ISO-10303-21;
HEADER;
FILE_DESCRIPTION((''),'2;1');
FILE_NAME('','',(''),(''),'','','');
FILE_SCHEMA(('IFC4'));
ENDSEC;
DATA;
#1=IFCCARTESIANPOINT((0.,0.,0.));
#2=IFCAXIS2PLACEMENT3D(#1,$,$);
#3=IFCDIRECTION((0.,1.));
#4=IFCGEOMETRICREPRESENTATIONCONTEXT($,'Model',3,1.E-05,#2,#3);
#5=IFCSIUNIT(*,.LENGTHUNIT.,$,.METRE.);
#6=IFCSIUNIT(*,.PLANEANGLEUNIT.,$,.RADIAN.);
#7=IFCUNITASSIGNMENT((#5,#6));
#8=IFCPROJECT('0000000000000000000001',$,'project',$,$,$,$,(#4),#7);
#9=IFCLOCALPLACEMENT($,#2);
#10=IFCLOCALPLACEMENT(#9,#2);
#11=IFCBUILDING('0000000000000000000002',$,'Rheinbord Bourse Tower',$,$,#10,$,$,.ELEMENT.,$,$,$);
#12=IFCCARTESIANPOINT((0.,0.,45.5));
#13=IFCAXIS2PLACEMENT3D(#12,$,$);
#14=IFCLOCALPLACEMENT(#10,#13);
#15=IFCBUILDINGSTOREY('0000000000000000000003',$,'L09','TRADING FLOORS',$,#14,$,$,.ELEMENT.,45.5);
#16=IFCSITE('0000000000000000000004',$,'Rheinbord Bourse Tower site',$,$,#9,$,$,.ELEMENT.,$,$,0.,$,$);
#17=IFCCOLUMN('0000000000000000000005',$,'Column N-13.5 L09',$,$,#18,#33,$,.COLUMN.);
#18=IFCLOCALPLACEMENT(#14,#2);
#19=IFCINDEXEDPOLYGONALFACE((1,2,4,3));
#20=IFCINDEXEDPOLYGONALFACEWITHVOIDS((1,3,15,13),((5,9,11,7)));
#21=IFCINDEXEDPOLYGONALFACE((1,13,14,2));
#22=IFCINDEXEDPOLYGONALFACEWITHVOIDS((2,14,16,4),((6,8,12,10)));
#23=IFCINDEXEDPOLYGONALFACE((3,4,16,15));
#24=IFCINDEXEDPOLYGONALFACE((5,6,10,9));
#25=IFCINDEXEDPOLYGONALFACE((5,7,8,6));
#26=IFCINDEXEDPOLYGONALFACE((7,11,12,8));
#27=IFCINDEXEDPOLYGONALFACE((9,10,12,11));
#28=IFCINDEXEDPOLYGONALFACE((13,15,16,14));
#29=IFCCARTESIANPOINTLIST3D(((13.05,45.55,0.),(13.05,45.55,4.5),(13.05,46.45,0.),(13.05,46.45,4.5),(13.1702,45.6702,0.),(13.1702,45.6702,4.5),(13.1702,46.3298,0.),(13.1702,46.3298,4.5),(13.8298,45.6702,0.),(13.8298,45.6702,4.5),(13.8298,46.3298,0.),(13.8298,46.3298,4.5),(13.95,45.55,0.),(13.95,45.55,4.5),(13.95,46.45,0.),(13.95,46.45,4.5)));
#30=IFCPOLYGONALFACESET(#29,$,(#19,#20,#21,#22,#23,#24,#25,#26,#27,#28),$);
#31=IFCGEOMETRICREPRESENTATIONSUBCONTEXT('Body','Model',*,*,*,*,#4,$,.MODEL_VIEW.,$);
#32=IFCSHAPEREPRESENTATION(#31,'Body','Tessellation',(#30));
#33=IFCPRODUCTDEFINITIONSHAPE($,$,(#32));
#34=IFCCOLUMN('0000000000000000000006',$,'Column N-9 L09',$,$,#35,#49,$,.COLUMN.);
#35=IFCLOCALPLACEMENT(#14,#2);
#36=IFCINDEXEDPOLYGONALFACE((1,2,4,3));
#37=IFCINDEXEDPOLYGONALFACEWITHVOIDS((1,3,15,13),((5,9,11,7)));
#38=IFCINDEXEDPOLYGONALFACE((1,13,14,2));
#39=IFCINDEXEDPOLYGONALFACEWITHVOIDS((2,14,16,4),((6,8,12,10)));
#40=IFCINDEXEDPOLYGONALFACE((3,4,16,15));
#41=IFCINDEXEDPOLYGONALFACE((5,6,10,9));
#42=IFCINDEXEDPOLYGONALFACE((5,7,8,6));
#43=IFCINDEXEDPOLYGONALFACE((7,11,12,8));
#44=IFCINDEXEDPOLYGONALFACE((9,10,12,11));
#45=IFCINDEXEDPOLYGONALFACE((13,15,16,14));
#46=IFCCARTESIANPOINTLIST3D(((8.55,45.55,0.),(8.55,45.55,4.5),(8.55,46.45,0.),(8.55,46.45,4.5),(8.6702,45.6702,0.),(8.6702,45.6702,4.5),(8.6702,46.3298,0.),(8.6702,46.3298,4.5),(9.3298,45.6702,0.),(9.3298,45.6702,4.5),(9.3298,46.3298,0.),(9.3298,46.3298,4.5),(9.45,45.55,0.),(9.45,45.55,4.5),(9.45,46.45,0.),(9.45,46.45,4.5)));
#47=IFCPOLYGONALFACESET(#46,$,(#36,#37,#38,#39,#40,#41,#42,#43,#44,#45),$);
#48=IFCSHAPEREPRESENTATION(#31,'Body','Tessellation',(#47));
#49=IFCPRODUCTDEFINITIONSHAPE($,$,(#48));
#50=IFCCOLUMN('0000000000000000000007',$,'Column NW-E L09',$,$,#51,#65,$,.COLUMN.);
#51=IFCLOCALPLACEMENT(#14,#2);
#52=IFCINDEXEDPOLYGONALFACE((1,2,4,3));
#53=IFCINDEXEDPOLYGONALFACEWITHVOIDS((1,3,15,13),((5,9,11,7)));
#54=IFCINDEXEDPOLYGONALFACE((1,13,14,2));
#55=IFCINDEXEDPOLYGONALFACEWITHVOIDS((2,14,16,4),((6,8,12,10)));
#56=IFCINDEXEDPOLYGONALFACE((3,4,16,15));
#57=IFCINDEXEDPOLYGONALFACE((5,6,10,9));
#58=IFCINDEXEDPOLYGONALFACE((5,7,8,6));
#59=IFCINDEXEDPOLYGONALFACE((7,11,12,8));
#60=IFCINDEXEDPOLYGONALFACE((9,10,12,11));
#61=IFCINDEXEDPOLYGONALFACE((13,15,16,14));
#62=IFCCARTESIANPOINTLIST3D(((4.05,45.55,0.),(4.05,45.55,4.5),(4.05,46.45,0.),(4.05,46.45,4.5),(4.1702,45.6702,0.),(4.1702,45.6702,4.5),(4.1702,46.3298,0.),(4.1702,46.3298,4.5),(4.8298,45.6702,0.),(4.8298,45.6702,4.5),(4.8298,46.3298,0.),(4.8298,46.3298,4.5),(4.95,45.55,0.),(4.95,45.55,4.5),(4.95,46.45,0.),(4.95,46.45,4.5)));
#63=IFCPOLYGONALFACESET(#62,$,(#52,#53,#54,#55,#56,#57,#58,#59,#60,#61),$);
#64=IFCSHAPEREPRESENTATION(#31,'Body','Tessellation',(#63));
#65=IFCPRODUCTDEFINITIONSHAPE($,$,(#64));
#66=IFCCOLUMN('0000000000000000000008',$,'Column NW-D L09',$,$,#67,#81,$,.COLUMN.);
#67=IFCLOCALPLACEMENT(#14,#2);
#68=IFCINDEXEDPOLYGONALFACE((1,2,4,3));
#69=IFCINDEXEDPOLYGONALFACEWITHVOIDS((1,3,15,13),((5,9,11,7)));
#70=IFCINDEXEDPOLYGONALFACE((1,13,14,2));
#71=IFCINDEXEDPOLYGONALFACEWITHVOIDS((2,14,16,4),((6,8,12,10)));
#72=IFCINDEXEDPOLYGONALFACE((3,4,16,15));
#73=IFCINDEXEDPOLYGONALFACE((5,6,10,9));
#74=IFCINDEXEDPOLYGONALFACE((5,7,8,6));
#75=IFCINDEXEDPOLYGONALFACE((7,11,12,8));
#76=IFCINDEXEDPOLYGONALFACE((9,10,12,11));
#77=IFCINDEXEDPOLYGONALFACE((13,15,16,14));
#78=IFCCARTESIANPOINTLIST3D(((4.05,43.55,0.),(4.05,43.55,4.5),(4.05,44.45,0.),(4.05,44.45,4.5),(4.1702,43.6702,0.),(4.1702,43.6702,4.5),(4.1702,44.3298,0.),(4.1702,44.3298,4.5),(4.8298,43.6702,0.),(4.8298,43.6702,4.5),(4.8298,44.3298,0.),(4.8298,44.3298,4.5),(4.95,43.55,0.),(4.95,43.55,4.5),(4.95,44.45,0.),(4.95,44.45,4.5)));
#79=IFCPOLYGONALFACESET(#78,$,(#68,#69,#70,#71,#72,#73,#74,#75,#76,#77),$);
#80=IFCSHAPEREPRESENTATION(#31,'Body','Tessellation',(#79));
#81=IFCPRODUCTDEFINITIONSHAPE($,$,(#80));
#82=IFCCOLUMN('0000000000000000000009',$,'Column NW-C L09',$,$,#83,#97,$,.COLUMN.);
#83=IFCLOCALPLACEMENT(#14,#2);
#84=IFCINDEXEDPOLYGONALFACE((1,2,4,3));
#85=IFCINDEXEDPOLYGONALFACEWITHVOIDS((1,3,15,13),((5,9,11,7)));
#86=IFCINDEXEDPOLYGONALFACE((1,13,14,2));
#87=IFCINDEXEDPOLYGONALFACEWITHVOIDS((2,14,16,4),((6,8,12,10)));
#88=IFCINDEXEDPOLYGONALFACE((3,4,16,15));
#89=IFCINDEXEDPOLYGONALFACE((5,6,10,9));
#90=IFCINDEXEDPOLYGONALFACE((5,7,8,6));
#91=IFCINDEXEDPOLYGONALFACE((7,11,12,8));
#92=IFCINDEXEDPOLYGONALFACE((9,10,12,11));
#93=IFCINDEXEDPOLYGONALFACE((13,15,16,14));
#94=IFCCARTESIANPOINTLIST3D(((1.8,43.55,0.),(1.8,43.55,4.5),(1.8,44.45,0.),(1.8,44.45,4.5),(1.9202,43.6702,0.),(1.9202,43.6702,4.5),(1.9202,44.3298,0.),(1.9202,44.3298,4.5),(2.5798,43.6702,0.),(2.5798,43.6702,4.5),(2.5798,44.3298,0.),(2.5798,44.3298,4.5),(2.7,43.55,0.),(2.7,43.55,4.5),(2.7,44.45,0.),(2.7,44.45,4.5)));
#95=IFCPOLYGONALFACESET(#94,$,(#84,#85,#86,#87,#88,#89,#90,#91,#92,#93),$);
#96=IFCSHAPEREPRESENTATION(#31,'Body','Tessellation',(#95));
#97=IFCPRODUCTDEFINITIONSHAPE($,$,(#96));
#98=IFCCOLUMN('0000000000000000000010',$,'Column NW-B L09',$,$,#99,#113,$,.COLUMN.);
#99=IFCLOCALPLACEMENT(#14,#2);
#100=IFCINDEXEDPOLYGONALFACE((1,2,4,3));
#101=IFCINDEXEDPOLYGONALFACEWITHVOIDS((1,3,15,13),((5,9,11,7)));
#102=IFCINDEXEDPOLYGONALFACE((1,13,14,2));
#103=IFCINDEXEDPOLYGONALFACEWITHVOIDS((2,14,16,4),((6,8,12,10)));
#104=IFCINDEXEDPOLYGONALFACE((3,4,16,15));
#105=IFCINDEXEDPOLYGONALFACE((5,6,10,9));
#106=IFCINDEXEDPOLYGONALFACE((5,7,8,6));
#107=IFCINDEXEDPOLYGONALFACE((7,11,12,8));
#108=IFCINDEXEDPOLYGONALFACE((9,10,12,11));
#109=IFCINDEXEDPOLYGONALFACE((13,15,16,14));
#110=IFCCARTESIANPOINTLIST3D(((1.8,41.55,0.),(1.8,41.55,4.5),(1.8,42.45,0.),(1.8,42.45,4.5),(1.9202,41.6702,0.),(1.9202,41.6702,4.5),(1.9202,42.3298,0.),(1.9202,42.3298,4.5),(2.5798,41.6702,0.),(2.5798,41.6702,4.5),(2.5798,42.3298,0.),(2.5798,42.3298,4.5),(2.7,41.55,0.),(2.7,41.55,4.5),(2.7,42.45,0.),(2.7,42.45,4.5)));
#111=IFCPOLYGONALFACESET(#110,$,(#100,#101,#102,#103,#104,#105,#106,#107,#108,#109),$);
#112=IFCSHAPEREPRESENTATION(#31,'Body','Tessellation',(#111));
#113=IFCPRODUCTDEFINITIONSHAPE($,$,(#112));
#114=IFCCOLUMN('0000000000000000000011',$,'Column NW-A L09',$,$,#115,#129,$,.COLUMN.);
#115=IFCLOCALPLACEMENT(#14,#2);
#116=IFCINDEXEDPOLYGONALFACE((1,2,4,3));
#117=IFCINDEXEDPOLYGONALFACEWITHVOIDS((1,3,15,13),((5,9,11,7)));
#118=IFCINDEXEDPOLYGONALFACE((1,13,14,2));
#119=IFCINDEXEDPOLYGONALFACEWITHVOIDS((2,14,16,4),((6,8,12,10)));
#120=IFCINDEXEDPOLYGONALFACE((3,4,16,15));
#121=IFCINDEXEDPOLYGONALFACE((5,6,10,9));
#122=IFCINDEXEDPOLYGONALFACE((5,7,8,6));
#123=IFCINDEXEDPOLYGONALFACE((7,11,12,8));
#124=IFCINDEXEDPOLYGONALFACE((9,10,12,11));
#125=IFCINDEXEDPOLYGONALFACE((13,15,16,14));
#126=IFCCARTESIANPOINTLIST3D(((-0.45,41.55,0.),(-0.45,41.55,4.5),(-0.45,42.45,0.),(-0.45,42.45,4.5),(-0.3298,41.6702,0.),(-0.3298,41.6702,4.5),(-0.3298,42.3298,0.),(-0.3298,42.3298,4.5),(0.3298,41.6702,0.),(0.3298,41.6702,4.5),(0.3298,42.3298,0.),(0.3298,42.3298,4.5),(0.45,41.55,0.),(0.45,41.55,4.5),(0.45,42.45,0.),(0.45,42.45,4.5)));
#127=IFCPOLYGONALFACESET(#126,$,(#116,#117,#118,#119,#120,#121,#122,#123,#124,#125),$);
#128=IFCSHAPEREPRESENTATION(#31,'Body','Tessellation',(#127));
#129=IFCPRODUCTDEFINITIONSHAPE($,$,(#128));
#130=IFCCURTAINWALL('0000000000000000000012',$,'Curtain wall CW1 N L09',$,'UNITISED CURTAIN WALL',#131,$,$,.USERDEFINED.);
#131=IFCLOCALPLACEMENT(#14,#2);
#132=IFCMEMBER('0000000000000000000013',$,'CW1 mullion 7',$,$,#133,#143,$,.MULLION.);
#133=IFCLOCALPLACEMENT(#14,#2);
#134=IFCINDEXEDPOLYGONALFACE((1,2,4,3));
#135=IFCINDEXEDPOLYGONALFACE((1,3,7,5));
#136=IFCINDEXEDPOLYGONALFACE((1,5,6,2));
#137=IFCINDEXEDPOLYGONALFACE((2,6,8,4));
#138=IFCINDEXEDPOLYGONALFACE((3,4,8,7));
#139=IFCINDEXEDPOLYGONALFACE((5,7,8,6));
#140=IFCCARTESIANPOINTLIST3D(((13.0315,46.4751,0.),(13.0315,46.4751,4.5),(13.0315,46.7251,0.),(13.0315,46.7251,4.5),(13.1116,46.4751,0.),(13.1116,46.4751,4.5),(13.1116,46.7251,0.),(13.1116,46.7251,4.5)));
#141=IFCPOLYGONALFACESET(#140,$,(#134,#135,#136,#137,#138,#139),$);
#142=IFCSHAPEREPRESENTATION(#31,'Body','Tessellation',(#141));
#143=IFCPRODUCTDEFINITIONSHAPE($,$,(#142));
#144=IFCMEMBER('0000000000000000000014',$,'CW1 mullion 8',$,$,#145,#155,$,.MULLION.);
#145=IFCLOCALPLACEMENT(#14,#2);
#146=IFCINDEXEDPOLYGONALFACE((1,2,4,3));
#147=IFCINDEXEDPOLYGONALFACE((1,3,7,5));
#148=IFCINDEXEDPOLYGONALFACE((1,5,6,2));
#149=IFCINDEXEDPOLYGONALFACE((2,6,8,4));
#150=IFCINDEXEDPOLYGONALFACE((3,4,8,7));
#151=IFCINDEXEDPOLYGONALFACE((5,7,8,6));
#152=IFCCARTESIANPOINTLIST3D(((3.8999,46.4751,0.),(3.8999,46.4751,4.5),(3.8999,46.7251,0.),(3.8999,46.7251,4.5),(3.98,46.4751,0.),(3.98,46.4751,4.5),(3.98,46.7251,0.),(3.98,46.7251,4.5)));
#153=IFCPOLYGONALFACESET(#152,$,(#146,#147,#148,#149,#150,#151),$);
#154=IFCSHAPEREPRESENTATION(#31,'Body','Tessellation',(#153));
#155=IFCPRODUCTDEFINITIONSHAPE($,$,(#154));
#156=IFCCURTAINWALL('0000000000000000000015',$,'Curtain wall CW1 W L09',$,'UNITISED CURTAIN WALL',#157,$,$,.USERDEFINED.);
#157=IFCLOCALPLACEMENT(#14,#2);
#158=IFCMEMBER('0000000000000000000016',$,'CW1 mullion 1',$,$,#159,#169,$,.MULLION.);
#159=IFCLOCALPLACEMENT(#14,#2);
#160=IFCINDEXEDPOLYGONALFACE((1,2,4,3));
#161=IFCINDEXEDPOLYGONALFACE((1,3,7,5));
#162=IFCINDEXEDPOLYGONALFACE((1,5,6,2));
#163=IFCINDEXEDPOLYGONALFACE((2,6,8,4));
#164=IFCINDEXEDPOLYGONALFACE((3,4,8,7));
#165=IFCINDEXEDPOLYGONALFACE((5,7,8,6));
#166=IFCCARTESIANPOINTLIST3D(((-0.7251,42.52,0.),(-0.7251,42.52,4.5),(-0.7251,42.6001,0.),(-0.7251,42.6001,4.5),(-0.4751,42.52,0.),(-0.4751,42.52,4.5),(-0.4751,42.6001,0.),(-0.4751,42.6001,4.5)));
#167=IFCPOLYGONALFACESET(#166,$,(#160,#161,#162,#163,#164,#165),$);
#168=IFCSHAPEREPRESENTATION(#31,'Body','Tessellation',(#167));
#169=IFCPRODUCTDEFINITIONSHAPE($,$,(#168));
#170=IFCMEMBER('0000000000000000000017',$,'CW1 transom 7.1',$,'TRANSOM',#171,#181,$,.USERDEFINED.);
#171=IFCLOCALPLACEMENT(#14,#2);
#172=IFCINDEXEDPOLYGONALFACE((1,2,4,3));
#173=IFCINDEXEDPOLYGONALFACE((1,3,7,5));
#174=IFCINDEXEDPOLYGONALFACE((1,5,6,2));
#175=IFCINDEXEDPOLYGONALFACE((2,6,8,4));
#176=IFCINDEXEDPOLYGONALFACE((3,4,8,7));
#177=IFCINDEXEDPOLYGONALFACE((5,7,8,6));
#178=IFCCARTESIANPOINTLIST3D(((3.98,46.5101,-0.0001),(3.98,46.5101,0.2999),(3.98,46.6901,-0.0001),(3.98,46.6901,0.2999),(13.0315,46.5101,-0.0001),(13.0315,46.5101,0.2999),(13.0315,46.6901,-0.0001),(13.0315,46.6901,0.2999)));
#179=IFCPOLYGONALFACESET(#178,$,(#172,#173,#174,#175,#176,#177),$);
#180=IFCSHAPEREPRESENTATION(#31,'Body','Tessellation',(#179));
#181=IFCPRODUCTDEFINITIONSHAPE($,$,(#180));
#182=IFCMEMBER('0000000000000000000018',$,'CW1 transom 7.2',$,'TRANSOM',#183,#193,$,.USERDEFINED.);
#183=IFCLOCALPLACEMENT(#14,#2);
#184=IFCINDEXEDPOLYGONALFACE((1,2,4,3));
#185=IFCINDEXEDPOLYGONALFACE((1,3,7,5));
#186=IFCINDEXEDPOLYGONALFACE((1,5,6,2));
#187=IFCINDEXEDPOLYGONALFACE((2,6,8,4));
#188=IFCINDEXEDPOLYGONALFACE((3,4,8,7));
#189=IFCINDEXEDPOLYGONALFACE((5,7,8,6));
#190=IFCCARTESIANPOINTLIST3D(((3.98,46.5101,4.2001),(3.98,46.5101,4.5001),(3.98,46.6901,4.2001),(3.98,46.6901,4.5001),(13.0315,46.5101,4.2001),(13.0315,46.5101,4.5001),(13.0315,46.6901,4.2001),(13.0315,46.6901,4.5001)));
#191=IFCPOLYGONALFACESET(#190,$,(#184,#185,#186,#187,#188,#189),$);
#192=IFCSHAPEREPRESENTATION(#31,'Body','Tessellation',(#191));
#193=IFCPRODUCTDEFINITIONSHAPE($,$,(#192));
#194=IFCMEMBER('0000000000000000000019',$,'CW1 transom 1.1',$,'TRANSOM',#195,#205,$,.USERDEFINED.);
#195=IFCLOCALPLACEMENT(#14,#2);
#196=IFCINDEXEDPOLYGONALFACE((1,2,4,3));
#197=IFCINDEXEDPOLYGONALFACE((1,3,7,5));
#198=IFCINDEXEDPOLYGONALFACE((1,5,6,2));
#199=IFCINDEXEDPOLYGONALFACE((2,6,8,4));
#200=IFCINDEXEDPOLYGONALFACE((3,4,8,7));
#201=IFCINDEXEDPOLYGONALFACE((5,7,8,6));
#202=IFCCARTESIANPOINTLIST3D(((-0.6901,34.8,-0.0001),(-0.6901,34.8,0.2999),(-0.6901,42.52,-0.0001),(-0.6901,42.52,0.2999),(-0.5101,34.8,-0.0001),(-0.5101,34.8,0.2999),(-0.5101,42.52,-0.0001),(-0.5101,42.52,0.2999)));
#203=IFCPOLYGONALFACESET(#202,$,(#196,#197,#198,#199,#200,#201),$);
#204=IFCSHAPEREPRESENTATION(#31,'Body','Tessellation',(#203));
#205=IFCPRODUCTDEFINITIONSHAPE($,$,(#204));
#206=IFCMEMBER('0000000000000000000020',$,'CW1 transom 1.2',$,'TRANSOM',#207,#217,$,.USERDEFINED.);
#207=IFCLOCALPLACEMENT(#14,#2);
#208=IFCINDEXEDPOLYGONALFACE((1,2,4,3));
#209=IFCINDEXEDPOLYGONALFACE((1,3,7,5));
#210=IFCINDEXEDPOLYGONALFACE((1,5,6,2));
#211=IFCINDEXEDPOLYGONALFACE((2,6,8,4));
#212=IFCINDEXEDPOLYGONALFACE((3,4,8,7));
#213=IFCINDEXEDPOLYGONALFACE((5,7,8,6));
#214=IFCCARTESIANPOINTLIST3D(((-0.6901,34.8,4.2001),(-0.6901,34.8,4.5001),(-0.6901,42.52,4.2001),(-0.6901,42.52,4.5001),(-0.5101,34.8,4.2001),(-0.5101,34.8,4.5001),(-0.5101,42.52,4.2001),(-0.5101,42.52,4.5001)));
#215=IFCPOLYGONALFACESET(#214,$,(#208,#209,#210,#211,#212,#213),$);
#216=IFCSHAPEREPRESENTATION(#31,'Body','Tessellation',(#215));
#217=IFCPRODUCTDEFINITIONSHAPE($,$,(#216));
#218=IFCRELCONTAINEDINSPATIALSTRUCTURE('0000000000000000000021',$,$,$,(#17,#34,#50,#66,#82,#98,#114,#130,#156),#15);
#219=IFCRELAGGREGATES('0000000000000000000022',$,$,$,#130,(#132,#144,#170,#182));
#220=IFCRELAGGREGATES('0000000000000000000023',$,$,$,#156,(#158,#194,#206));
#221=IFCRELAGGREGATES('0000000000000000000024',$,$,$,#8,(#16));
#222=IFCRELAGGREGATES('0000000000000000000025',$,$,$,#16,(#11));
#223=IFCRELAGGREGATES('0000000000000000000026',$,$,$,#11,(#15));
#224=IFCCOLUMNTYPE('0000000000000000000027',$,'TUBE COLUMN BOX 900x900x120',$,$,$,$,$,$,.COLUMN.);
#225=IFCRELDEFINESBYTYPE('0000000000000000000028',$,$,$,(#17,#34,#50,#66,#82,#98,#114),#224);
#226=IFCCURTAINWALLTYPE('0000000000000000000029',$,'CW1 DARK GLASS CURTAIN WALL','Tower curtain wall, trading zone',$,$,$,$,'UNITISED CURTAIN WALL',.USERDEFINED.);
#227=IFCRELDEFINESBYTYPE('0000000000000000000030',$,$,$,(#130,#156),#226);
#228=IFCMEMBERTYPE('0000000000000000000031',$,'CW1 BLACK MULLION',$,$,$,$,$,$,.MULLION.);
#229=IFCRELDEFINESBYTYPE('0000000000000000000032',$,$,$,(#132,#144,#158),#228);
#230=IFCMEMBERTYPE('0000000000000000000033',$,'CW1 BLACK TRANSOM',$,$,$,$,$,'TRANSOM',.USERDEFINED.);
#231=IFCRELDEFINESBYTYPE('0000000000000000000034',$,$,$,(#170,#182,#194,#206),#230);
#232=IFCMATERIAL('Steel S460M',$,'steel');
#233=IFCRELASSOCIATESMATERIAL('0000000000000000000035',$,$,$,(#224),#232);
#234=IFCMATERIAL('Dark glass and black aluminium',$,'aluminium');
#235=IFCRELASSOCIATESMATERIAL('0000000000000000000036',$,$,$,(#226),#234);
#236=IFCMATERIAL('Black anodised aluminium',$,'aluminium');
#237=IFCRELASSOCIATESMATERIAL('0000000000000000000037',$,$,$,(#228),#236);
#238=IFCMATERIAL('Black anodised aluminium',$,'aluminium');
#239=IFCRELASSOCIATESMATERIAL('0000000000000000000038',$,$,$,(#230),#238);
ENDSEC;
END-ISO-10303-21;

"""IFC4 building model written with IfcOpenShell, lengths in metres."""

from ifc_helpers import new_model, si_unit, direction, frame, origin, origin_2d, place, context, subcontext, project, spatial, rectangle, hollow_rectangle, extrude, material, material_profile, profile_set, type_object, element, aggregate, save


model = new_model("IFC4")

# Units and contexts
model_context = context("Model", 3, precision=1e-05, world=origin(), true_north=direction((0.0, 1.0)))
body_context = subcontext(model_context, "Body", "Model", "MODEL_VIEW")
ifc_project = project(units=[si_unit("LENGTHUNIT", "METRE"), si_unit("PLANEANGLEUNIT", "RADIAN")], contexts=[model_context])

# Site, building, storey
site_placement = place(None, origin())
site = spatial("IfcSite", under=ifc_project, at=site_placement, Name="Rheinbord Bourse Tower site", CompositionType="ELEMENT", RefElevation=0.0)
building_placement = place(site_placement, origin())
building = spatial("IfcBuilding", under=site, at=building_placement, Name="Rheinbord Bourse Tower", CompositionType="ELEMENT")
storey_placement = place(building_placement, frame((0.0, 0.0, 45.5)))
storey = spatial("IfcBuildingStorey", under=building, at=storey_placement, Name="L09", Description="TRADING FLOORS", CompositionType="ELEMENT", Elevation=45.5)

# Columns
ifc_material_1 = material(Name="Steel S460M", Category="steel")
ifc_material_profile_1 = material_profile(ifc_material_1, hollow_rectangle(XDim=0.8999, YDim=0.8999, WallThickness=0.1201, at=origin_2d()), Name="BOX 900x900x120")
ifc_profile_set_1 = profile_set([ifc_material_profile_1], Name="Steel S460M")
column_type = type_object("IfcColumnType", Name="TUBE COLUMN BOX 900x900x120", PredefinedType="COLUMN", material=ifc_profile_set_1)
for number, where, z_axis, x_axis, name in (
    (1, (13.5, 46.0, 0.0), (0.0, 0.0, 1.0), (0.0, 1.0, 0.0), "Column N-13.5 L09"),
    (2, (9.0, 46.0, 0.0), (0.0, 0.0, 1.0), (0.0, 1.0, 0.0), "Column N-9 L09"),
    (3, (4.5, 46.0, 0.0), (0.0, 0.0, 1.0), (0.0, 1.0, 0.0), "Column NW-E L09"),
    (4, (4.5, 44.0, 0.0), (0.0, 0.0, 1.0), (0.0, 1.0, 0.0), "Column NW-D L09"),
    (5, (2.25, 44.0, 0.0), (0.0, 0.0, 1.0), (1.0, 0.0, 0.0), "Column NW-C L09"),
    (6, (2.25, 42.0, 0.0), (0.0, 0.0, 1.0), (1.0, 0.0, 0.0), "Column NW-B L09"),
    (7, (0.0, 42.0, 0.0), (0.0, 0.0, 1.0), (1.0, 0.0, 0.0), "Column NW-A L09"),
):
    element("IfcColumn", number, at=place(storey_placement, frame(where, z_axis=z_axis, x_axis=x_axis)), inside=storey, type_object=column_type, Name=name, PredefinedType="COLUMN", context=body_context, shape_type="SweptSolid", body=[
        extrude(hollow_rectangle(XDim=0.8999, YDim=0.8999, WallThickness=0.1201, at=origin_2d()), origin(), (0.0, 0.0, 1.0), 4.5),
    ])

# Curtain wall, members
ifc_material_2 = material(Name="Dark glass and black aluminium", Category="aluminium")
curtain_wall_type = type_object("IfcCurtainWallType", Name="CW1 DARK GLASS CURTAIN WALL", Description="Tower curtain wall, trading zone", ElementType="UNITISED CURTAIN WALL", PredefinedType="USERDEFINED", material=ifc_material_2)
curtain_wall_1_placement = place(storey_placement, origin())
curtain_wall_1 = element("IfcCurtainWall", 8, at=curtain_wall_1_placement, inside=storey, type_object=curtain_wall_type, Name="Curtain wall CW1 N L09", ObjectType="UNITISED CURTAIN WALL", PredefinedType="USERDEFINED")
ifc_material_3 = material(Name="Black anodised aluminium", Category="aluminium")
ifc_material_profile_2 = material_profile(ifc_material_3, rectangle(XDim=0.25, YDim=0.0801, at=origin_2d()), Name="CW1 MULLION 80x250")
ifc_profile_set_2 = profile_set([ifc_material_profile_2], Name="Black anodised aluminium")
member_type_1 = type_object("IfcMemberType", Name="CW1 BLACK MULLION", PredefinedType="MULLION", material=ifc_profile_set_2)
member_1_placement = place(storey_placement, frame((13.0715, 46.6001, 0.0), z_axis=(0.0, 0.0, 1.0), x_axis=(0.0, -1.0, 0.0)))
member_1 = element("IfcMember", 9, at=member_1_placement, type_object=member_type_1, Name="CW1 mullion 7", PredefinedType="MULLION", context=body_context, shape_type="SweptSolid", body=[
    extrude(rectangle(XDim=0.25, YDim=0.0801, at=origin_2d()), origin(), (0.0, 0.0, 1.0), 4.5),
])
member_2_placement = place(storey_placement, frame((3.9399, 46.6001, 0.0), z_axis=(0.0, 0.0, 1.0), x_axis=(0.0, -1.0, 0.0)))
member_2 = element("IfcMember", 10, at=member_2_placement, type_object=member_type_1, Name="CW1 mullion 8", PredefinedType="MULLION", context=body_context, shape_type="SweptSolid", body=[
    extrude(rectangle(XDim=0.25, YDim=0.0801, at=origin_2d()), origin(), (0.0, 0.0, 1.0), 4.5),
])

# Curtain wall, member
curtain_wall_2_placement = place(storey_placement, origin())
curtain_wall_2 = element("IfcCurtainWall", 11, at=curtain_wall_2_placement, inside=storey, type_object=curtain_wall_type, Name="Curtain wall CW1 W L09", ObjectType="UNITISED CURTAIN WALL", PredefinedType="USERDEFINED")
member_3_placement = place(storey_placement, frame((-0.6001, 42.5601, 0.0), z_axis=(0.0, 0.0, 1.0), x_axis=(1.0, 0.0, 0.0)))
member_3 = element("IfcMember", 12, at=member_3_placement, type_object=member_type_1, Name="CW1 mullion 1", PredefinedType="MULLION", context=body_context, shape_type="SweptSolid", body=[
    extrude(rectangle(XDim=0.25, YDim=0.0801, at=origin_2d()), origin(), (0.0, 0.0, 1.0), 4.5),
])

# Members
ifc_material_4 = material(Name="Black anodised aluminium", Category="aluminium")
ifc_material_profile_3 = material_profile(ifc_material_4, rectangle(XDim=0.1799, YDim=0.3, at=origin_2d()), Name="CW1 TRANSOM 300x180")
ifc_profile_set_3 = profile_set([ifc_material_profile_3], Name="Black anodised aluminium")
member_type_2 = type_object("IfcMemberType", Name="CW1 BLACK TRANSOM", ElementType="TRANSOM", PredefinedType="USERDEFINED", material=ifc_profile_set_3)
member_4_placement = place(storey_placement, frame((13.0315, 46.6001, 0.1499), z_axis=(-1.0, 0.0, 0.0), x_axis=(0.0, -1.0, 0.0)))
member_4 = element("IfcMember", 13, at=member_4_placement, type_object=member_type_2, Name="CW1 transom 7.1", ObjectType="TRANSOM", PredefinedType="USERDEFINED", context=body_context, shape_type="SweptSolid", body=[
    extrude(rectangle(XDim=0.1799, YDim=0.3, at=origin_2d()), origin(), (0.0, 0.0, 1.0), 9.0515),
])
member_5_placement = place(storey_placement, frame((13.0315, 46.6001, 4.3501), z_axis=(-1.0, 0.0, 0.0), x_axis=(0.0, -1.0, 0.0)))
member_5 = element("IfcMember", 14, at=member_5_placement, type_object=member_type_2, Name="CW1 transom 7.2", ObjectType="TRANSOM", PredefinedType="USERDEFINED", context=body_context, shape_type="SweptSolid", body=[
    extrude(rectangle(XDim=0.1799, YDim=0.3, at=origin_2d()), origin(), (0.0, 0.0, 1.0), 9.0515),
])
member_6_placement = place(storey_placement, frame((-0.6001, 42.52, 0.1499), z_axis=(0.0, -1.0, 0.0), x_axis=(1.0, 0.0, 0.0)))
member_6 = element("IfcMember", 15, at=member_6_placement, type_object=member_type_2, Name="CW1 transom 1.1", ObjectType="TRANSOM", PredefinedType="USERDEFINED", context=body_context, shape_type="SweptSolid", body=[
    extrude(rectangle(XDim=0.1799, YDim=0.3, at=origin_2d()), origin(), (0.0, 0.0, 1.0), 7.72),
])
member_7_placement = place(storey_placement, frame((-0.6001, 42.52, 4.3501), z_axis=(0.0, -1.0, 0.0), x_axis=(1.0, 0.0, 0.0)))
member_7 = element("IfcMember", 16, at=member_7_placement, type_object=member_type_2, Name="CW1 transom 1.2", ObjectType="TRANSOM", PredefinedType="USERDEFINED", context=body_context, shape_type="SweptSolid", body=[
    extrude(rectangle(XDim=0.1799, YDim=0.3, at=origin_2d()), origin(), (0.0, 0.0, 1.0), 7.72),
])

aggregate(curtain_wall_1, [member_1, member_2, member_4, member_5])
aggregate(curtain_wall_2, [member_3, member_6, member_7])

save(model, "model.ifc")
